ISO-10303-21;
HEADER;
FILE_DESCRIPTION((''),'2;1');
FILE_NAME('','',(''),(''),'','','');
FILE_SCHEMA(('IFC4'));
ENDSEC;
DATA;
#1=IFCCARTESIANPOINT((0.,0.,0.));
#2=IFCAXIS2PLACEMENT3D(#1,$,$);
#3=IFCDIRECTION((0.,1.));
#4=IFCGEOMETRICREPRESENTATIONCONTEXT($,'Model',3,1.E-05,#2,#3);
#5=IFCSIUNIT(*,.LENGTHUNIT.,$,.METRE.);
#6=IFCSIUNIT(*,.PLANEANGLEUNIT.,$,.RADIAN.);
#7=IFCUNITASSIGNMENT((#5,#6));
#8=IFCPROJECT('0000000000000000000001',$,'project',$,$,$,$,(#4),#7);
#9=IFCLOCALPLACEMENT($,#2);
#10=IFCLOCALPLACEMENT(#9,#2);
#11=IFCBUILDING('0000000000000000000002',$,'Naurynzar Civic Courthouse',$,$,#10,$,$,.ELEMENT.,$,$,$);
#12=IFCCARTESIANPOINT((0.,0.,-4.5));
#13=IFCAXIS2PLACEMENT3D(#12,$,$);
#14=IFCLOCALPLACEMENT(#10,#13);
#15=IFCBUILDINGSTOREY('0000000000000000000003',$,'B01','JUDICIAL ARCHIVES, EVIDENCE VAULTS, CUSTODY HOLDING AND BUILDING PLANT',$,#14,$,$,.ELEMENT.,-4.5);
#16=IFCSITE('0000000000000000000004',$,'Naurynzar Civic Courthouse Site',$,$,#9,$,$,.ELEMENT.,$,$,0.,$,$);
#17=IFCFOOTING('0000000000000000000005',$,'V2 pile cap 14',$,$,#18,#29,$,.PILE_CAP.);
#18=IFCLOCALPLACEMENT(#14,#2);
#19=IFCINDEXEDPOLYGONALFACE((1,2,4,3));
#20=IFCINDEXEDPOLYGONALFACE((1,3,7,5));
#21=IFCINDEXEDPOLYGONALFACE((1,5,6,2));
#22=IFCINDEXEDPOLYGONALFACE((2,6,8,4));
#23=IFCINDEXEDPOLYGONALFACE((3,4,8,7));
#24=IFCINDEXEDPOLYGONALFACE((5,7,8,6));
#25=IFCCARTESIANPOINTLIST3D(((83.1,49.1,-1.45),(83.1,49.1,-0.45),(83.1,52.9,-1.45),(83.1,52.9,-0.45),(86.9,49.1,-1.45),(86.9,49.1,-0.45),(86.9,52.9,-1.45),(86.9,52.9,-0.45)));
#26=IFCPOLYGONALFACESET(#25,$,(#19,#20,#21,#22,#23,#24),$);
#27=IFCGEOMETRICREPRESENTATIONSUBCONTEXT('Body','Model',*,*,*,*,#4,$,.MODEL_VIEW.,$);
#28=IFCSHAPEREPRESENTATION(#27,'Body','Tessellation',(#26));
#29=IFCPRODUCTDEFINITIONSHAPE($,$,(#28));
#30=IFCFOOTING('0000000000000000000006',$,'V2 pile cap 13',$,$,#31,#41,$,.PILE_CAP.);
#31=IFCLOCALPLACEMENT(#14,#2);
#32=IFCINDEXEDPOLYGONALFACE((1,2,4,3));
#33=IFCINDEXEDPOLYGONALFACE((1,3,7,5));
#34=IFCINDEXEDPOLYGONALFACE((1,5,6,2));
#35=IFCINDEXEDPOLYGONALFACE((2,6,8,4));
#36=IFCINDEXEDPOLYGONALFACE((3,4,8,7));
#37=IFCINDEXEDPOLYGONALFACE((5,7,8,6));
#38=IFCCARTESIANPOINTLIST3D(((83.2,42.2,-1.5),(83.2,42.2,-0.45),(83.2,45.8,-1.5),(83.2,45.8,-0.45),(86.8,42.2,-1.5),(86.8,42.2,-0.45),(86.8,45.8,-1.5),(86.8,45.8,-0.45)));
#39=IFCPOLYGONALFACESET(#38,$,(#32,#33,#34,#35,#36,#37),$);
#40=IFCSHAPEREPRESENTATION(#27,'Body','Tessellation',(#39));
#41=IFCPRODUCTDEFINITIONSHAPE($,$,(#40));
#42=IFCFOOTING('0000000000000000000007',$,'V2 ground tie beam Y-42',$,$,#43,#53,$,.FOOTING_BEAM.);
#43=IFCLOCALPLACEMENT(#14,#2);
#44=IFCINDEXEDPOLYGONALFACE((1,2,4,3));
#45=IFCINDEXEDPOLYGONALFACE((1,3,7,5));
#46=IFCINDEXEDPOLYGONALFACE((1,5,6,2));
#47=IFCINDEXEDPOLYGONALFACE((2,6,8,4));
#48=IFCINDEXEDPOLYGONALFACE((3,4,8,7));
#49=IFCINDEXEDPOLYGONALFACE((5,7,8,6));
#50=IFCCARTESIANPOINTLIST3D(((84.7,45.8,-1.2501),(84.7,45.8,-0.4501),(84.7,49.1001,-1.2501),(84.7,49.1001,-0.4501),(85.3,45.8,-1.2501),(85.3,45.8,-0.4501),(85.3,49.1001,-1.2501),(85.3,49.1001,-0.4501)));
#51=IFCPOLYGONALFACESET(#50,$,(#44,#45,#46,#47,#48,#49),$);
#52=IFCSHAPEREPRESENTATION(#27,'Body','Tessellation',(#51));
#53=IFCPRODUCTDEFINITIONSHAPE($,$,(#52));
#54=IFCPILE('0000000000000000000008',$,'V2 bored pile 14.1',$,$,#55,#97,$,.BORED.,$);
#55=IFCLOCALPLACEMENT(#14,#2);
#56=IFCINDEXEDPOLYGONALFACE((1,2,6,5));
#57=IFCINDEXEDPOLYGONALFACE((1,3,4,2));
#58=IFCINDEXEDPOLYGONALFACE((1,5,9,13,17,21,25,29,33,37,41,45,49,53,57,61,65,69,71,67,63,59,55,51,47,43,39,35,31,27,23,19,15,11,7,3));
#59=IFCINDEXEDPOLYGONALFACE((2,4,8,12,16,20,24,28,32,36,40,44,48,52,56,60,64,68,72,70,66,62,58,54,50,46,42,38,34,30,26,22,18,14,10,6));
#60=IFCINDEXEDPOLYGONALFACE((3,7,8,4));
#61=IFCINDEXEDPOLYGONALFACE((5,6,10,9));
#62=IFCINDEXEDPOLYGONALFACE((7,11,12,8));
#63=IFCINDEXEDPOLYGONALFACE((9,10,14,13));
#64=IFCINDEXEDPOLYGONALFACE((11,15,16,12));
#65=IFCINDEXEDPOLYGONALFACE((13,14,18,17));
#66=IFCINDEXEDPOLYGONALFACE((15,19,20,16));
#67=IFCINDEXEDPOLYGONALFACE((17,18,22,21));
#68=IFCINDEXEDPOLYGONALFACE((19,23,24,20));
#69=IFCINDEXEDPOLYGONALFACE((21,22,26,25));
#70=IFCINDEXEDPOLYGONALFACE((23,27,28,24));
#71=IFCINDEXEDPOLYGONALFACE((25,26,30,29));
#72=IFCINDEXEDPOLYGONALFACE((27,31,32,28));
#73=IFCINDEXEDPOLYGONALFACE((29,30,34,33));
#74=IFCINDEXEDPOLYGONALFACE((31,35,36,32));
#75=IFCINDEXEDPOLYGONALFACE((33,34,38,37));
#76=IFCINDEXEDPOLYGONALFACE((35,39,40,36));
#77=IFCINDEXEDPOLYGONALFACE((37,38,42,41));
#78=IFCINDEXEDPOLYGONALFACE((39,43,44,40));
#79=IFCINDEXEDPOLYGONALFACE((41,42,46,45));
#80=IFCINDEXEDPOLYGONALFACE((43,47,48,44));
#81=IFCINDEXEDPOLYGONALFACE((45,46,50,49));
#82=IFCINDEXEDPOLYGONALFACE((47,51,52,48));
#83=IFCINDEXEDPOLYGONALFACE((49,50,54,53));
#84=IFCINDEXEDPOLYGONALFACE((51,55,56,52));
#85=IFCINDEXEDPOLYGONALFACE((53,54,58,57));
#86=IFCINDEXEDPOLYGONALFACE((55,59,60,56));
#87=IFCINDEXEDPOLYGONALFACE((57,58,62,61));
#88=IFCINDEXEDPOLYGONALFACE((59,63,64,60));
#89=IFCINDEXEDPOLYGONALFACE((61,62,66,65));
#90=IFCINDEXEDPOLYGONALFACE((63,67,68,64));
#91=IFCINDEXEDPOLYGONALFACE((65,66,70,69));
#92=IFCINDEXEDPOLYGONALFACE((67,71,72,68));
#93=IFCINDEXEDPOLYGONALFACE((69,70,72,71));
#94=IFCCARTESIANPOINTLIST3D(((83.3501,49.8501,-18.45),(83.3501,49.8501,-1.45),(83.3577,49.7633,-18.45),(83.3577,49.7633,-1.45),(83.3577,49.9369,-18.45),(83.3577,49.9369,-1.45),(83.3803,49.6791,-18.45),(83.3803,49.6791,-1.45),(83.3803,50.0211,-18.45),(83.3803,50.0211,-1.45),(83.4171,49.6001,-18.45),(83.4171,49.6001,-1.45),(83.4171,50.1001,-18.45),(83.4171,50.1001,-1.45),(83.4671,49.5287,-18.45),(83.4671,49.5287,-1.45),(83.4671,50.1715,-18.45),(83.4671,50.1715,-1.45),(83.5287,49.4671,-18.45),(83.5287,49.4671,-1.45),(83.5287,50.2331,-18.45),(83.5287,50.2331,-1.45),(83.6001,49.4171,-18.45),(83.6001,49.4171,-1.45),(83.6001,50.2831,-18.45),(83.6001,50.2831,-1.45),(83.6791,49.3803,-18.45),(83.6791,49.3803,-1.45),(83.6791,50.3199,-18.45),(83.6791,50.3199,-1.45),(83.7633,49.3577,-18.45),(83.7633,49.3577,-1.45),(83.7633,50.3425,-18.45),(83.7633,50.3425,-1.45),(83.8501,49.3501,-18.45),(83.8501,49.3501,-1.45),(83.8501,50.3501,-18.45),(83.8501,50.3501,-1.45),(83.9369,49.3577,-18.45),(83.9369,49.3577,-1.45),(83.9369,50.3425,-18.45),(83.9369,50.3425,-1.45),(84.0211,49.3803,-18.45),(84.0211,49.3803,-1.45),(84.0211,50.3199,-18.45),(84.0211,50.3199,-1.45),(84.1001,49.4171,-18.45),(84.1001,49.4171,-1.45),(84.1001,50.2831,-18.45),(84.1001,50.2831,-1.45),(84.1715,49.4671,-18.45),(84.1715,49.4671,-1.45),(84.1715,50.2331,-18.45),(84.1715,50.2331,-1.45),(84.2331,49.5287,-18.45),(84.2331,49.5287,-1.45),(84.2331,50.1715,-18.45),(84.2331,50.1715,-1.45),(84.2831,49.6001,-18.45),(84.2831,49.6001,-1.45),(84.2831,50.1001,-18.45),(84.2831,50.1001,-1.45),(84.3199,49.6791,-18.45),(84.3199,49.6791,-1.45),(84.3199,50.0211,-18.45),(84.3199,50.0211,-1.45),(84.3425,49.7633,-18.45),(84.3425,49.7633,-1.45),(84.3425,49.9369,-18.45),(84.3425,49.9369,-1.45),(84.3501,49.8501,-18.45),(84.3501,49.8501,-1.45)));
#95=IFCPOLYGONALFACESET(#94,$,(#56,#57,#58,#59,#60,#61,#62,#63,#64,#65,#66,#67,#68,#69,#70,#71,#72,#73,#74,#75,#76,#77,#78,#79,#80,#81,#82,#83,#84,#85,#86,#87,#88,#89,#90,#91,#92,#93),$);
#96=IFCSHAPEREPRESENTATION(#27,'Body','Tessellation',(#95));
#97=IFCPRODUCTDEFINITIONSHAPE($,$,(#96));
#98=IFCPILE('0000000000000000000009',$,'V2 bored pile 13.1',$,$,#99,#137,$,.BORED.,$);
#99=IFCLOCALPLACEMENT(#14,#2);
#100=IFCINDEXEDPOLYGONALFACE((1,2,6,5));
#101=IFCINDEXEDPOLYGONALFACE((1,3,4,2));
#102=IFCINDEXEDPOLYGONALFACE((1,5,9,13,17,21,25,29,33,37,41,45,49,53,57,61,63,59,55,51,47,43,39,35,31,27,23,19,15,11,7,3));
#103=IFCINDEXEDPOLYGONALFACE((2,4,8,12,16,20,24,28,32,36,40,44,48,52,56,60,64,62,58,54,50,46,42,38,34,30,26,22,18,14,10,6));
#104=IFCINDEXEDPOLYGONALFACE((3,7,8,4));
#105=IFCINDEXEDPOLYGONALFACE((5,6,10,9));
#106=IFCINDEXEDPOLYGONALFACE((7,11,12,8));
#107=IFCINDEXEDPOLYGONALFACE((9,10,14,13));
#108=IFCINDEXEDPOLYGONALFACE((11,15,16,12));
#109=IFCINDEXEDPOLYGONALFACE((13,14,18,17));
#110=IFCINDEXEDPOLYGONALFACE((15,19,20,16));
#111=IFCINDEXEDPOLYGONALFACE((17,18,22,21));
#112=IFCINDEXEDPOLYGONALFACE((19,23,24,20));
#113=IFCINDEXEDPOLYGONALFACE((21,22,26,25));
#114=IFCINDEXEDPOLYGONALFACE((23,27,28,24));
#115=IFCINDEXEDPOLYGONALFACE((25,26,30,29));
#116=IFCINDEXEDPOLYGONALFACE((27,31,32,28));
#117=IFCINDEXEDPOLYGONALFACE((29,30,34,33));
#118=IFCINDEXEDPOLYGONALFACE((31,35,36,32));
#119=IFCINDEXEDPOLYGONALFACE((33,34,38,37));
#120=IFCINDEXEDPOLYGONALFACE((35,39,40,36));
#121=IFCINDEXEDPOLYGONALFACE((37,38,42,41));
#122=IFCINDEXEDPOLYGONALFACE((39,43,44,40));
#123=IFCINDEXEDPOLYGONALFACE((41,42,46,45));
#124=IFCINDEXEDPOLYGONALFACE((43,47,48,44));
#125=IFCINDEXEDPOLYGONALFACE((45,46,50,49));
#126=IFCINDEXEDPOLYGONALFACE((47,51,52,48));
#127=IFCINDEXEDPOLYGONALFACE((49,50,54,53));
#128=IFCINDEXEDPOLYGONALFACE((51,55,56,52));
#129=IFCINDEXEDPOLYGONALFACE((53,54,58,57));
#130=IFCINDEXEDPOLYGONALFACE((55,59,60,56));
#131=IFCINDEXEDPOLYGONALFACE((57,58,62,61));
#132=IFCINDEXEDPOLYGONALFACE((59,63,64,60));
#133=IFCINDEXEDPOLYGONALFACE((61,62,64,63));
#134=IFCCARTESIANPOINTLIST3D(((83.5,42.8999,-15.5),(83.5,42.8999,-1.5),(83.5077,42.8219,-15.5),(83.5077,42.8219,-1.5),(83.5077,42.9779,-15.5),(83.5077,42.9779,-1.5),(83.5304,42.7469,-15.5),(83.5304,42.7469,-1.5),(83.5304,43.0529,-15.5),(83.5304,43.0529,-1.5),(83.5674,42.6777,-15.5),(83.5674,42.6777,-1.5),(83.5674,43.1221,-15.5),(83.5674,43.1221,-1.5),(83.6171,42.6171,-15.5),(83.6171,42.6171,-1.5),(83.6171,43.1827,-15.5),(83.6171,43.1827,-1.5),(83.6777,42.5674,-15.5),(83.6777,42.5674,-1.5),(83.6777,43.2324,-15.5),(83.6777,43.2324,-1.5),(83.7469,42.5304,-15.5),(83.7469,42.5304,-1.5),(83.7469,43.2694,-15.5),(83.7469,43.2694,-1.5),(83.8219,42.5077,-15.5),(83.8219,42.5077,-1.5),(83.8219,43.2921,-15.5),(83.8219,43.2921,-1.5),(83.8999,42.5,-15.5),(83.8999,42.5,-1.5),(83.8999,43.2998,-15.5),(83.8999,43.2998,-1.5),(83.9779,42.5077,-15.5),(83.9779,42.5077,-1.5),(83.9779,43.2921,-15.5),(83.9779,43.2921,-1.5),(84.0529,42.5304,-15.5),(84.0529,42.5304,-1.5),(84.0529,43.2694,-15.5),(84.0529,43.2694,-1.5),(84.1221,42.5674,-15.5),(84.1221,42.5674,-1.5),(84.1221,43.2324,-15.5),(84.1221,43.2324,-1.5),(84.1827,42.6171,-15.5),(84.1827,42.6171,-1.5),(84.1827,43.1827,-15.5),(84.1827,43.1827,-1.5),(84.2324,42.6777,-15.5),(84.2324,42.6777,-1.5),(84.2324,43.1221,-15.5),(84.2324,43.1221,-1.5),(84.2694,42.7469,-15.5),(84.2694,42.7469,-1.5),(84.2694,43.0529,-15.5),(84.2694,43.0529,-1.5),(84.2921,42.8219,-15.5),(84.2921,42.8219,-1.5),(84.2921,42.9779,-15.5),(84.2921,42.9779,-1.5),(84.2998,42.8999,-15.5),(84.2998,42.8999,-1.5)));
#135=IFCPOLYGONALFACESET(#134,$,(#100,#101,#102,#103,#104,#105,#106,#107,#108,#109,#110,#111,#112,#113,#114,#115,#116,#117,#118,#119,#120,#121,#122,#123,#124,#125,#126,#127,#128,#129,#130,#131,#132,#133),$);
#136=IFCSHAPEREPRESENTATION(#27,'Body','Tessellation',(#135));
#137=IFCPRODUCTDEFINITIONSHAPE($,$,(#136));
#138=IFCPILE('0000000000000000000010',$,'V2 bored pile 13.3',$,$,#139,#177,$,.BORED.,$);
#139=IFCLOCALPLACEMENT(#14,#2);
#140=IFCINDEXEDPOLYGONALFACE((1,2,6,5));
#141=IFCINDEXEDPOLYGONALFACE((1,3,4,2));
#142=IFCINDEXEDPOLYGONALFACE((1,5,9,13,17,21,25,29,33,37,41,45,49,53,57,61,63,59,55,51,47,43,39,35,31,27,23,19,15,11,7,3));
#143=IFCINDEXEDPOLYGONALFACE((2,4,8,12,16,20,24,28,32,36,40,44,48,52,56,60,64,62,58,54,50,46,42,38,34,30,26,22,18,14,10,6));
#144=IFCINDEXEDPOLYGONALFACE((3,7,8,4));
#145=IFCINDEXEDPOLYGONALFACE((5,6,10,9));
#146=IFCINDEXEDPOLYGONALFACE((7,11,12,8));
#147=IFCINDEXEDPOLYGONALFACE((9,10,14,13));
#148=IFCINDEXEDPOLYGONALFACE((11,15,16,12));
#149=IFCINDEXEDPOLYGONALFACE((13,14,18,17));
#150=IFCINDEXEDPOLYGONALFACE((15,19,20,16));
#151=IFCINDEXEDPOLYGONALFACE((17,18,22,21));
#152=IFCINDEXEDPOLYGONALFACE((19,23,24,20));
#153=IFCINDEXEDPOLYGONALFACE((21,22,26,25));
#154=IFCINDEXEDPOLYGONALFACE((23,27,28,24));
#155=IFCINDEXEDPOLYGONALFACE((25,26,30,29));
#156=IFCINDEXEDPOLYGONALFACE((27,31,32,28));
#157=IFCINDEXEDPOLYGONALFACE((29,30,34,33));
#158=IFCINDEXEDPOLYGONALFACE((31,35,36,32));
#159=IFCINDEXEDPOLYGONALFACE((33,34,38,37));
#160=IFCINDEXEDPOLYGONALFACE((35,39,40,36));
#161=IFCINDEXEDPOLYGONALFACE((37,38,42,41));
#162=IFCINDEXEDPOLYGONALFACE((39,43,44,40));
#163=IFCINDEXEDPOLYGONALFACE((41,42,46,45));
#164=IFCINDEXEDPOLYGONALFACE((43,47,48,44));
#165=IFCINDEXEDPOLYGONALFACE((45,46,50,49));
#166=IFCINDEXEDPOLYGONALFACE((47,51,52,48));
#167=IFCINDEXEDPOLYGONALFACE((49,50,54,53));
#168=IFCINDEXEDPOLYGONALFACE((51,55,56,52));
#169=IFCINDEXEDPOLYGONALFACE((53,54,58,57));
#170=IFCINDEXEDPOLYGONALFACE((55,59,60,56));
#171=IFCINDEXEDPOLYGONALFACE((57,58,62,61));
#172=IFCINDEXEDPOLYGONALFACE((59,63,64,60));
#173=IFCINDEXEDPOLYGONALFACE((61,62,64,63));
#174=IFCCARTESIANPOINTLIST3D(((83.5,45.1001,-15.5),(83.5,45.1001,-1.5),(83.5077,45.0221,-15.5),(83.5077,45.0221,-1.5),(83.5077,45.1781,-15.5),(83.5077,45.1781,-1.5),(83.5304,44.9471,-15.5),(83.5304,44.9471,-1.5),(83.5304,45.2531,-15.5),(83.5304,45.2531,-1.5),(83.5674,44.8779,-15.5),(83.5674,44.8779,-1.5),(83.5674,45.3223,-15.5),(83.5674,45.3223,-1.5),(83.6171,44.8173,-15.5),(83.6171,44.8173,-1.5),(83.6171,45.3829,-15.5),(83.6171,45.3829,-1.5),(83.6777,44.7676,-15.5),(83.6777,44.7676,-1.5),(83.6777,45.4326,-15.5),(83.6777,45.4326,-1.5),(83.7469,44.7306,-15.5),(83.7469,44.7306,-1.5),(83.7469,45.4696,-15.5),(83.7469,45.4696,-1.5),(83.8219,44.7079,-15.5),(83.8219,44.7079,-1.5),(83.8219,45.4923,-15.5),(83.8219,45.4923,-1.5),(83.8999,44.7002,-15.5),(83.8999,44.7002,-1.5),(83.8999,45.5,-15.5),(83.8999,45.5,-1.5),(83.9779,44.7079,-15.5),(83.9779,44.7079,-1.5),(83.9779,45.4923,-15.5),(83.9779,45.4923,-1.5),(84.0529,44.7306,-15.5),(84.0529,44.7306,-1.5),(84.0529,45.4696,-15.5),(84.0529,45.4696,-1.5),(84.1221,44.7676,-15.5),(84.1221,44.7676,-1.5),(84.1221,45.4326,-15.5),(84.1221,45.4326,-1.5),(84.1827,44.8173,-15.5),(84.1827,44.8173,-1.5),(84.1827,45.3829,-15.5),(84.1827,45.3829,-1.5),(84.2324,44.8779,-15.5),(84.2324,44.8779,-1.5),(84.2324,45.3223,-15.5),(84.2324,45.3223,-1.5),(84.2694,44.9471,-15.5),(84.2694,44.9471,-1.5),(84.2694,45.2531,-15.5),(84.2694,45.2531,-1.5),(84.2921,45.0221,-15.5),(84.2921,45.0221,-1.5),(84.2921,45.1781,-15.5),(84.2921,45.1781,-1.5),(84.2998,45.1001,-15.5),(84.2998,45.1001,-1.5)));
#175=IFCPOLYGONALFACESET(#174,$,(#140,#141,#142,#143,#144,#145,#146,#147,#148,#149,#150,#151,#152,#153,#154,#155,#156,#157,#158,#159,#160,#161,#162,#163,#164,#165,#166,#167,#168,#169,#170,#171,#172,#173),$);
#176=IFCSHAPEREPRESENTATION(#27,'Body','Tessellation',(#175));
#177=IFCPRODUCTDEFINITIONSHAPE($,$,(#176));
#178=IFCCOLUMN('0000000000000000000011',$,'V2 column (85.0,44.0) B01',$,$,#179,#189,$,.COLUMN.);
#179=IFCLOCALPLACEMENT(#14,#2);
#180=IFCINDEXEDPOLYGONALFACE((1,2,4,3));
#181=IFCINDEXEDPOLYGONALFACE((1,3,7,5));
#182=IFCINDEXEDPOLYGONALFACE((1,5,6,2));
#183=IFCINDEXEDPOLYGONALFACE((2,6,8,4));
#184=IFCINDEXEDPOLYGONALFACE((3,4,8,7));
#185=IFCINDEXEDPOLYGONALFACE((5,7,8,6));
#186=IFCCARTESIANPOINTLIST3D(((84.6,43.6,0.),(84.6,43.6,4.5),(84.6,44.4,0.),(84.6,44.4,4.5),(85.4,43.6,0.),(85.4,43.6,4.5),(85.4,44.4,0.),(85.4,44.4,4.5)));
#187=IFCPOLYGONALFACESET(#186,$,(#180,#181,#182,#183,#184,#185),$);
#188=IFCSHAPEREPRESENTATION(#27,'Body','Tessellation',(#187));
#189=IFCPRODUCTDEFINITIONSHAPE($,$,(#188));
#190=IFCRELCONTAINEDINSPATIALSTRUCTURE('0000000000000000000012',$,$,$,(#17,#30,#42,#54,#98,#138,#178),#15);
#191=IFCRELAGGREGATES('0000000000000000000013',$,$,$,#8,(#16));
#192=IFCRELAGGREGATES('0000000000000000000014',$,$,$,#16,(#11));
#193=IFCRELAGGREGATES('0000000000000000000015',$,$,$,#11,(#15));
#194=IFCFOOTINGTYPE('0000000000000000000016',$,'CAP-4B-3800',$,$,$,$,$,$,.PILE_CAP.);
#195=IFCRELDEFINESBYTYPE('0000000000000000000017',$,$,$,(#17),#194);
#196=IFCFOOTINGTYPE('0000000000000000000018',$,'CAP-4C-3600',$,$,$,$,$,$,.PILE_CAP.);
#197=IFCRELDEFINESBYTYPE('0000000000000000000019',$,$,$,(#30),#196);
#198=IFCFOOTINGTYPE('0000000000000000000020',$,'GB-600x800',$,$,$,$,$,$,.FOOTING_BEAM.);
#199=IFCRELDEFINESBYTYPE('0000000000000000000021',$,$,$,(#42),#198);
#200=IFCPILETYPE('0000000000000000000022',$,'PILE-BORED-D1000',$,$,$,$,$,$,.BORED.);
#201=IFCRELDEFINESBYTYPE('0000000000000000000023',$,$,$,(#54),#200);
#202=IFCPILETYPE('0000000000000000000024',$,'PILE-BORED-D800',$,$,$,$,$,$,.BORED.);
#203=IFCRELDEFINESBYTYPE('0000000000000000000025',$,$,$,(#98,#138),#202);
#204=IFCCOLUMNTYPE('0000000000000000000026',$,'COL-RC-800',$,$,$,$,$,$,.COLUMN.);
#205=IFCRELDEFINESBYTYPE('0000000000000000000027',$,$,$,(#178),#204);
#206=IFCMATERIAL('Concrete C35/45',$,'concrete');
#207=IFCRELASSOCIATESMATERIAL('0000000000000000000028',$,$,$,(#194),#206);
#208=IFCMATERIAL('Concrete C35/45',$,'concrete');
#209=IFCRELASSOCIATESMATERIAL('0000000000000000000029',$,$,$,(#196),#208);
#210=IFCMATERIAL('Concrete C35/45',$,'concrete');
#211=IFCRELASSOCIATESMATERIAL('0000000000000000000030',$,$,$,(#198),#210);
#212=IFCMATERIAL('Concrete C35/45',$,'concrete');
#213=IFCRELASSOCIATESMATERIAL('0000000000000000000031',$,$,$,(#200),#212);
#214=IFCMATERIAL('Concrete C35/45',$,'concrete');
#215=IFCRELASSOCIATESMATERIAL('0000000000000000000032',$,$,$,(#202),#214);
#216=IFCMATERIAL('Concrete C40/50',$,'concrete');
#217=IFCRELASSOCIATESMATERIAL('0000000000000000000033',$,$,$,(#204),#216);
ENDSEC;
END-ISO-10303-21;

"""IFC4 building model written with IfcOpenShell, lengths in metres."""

from ifc_helpers import new_model, si_unit, direction, frame, origin, origin_2d, place, context, subcontext, project, spatial, rectangle, circle, extrude, material, material_profile, profile_set, type_object, element, save


model = new_model("IFC4")

# Units and contexts
model_context = context("Model", 3, precision=1e-05, world=origin(), true_north=direction((0.0, 1.0)))
body_context = subcontext(model_context, "Body", "Model", "MODEL_VIEW")
ifc_project = project(units=[si_unit("LENGTHUNIT", "METRE"), si_unit("PLANEANGLEUNIT", "RADIAN")], contexts=[model_context])

# Site, building, storey
site_placement = place(None, origin())
site = spatial("IfcSite", under=ifc_project, at=site_placement, Name="Naurynzar Civic Courthouse Site", CompositionType="ELEMENT", RefElevation=0.0)
building_placement = place(site_placement, origin())
building = spatial("IfcBuilding", under=site, at=building_placement, Name="Naurynzar Civic Courthouse", CompositionType="ELEMENT")
storey_placement = place(building_placement, frame((0.0, 0.0, -4.5)))
storey = spatial("IfcBuildingStorey", under=building, at=storey_placement, Name="B01", Description="JUDICIAL ARCHIVES, EVIDENCE VAULTS, CUSTODY HOLDING AND BUILDING PLANT", CompositionType="ELEMENT", Elevation=-4.5)

# Footings
ifc_material_1 = material(Name="Concrete C35/45", Category="concrete")
footing_type_1 = type_object("IfcFootingType", Name="CAP-4B-3800", PredefinedType="PILE_CAP", material=ifc_material_1)
footing_1_placement = place(storey_placement, frame((85.0, 51.0, -1.45), z_axis=(0.0, 0.0, 1.0), x_axis=(1.0, 0.0, 0.0)))
element("IfcFooting", 1, at=footing_1_placement, inside=storey, type_object=footing_type_1, Name="V2 pile cap 14", PredefinedType="PILE_CAP", context=body_context, shape_type="SweptSolid", body=[
    extrude(rectangle(XDim=3.8, YDim=3.8, at=origin_2d()), origin(), (0.0, 0.0, 1.0), 1.0),
])
ifc_material_2 = material(Name="Concrete C35/45", Category="concrete")
footing_type_2 = type_object("IfcFootingType", Name="CAP-4C-3600", PredefinedType="PILE_CAP", material=ifc_material_2)
footing_2_placement = place(storey_placement, frame((85.0, 44.0, -1.5), z_axis=(0.0, 0.0, 1.0), x_axis=(1.0, 0.0, 0.0)))
element("IfcFooting", 2, at=footing_2_placement, inside=storey, type_object=footing_type_2, Name="V2 pile cap 13", PredefinedType="PILE_CAP", context=body_context, shape_type="SweptSolid", body=[
    extrude(rectangle(XDim=3.6001, YDim=3.6001, at=origin_2d()), origin(), (0.0, 0.0, 1.0), 1.05),
])
ifc_material_3 = material(Name="Concrete C35/45", Category="concrete")
ifc_material_profile_1 = material_profile(ifc_material_3, rectangle(XDim=0.6001, YDim=0.8, at=origin_2d()), Name="GB 600x800")
ifc_profile_set_1 = profile_set([ifc_material_profile_1], Name="Concrete C35/45")
footing_type_3 = type_object("IfcFootingType", Name="GB-600x800", PredefinedType="FOOTING_BEAM", material=ifc_profile_set_1)
footing_3_placement = place(storey_placement, frame((85.0, 45.8, -0.8501), z_axis=(0.0, 1.0, 0.0), x_axis=(-1.0, 0.0, 0.0)))
element("IfcFooting", 3, at=footing_3_placement, inside=storey, type_object=footing_type_3, Name="V2 ground tie beam Y-42", PredefinedType="FOOTING_BEAM", context=body_context, shape_type="SweptSolid", body=[
    extrude(rectangle(XDim=0.6001, YDim=0.8, at=origin_2d()), origin(), (0.0, 0.0, 1.0), 3.3),
])

# Piles
ifc_material_4 = material(Name="Concrete C35/45", Category="concrete")
ifc_material_profile_2 = material_profile(ifc_material_4, circle(Radius=0.5, at=origin_2d()), Name="PILE D1000")
ifc_profile_set_2 = profile_set([ifc_material_profile_2], Name="Concrete C35/45")
pile_type_1 = type_object("IfcPileType", Name="PILE-BORED-D1000", PredefinedType="BORED", material=ifc_profile_set_2)
pile_placement = place(storey_placement, frame((83.8501, 49.8501, -1.45), z_axis=(0.0, 0.0, -1.0), x_axis=(1.0, 0.0, 0.0)))
element("IfcPile", 4, at=pile_placement, inside=storey, type_object=pile_type_1, Name="V2 bored pile 14.1", PredefinedType="BORED", context=body_context, shape_type="SweptSolid", body=[
    extrude(circle(Radius=0.5, at=origin_2d()), origin(), (0.0, 0.0, 1.0), 17.0),
])
ifc_material_5 = material(Name="Concrete C35/45", Category="concrete")
ifc_material_profile_3 = material_profile(ifc_material_5, circle(Radius=0.3999, at=origin_2d()), Name="PILE D800")
ifc_profile_set_3 = profile_set([ifc_material_profile_3], Name="Concrete C35/45")
pile_type_2 = type_object("IfcPileType", Name="PILE-BORED-D800", PredefinedType="BORED", material=ifc_profile_set_3)
for number, where, z_axis, x_axis, name in (
    (5, (83.8999, 42.8999, -1.5), (0.0, 0.0, -1.0), (1.0, 0.0, 0.0), "V2 bored pile 13.1"),
    (6, (83.8999, 45.1001, -1.5), (0.0, 0.0, -1.0), (1.0, 0.0, 0.0), "V2 bored pile 13.3"),
):
    element("IfcPile", number, at=place(storey_placement, frame(where, z_axis=z_axis, x_axis=x_axis)), inside=storey, type_object=pile_type_2, Name=name, PredefinedType="BORED", context=body_context, shape_type="SweptSolid", body=[
        extrude(circle(Radius=0.3999, at=origin_2d()), origin(), (0.0, 0.0, 1.0), 14.0),
    ])

# Column
ifc_material_6 = material(Name="Concrete C40/50", Category="concrete")
ifc_material_profile_4 = material_profile(ifc_material_6, rectangle(XDim=0.8, YDim=0.8, at=origin_2d()), Name="RC 800x800")
ifc_profile_set_4 = profile_set([ifc_material_profile_4], Name="Concrete C40/50")
column_type_1 = type_object("IfcColumnType", Name="COL-RC-800", PredefinedType="COLUMN", material=ifc_profile_set_4)
column_1_placement = place(storey_placement, frame((85.0, 44.0, 0.0), z_axis=(0.0, 0.0, 1.0), x_axis=(1.0, 0.0, 0.0)))
element("IfcColumn", 7, at=column_1_placement, inside=storey, type_object=column_type_1, Name="V2 column (85.0,44.0) B01", PredefinedType="COLUMN", context=body_context, shape_type="SweptSolid", body=[
    extrude(rectangle(XDim=0.8, YDim=0.8, at=origin_2d()), origin(), (0.0, 0.0, 1.0), 4.5),
])

save(model, "model.ifc")
